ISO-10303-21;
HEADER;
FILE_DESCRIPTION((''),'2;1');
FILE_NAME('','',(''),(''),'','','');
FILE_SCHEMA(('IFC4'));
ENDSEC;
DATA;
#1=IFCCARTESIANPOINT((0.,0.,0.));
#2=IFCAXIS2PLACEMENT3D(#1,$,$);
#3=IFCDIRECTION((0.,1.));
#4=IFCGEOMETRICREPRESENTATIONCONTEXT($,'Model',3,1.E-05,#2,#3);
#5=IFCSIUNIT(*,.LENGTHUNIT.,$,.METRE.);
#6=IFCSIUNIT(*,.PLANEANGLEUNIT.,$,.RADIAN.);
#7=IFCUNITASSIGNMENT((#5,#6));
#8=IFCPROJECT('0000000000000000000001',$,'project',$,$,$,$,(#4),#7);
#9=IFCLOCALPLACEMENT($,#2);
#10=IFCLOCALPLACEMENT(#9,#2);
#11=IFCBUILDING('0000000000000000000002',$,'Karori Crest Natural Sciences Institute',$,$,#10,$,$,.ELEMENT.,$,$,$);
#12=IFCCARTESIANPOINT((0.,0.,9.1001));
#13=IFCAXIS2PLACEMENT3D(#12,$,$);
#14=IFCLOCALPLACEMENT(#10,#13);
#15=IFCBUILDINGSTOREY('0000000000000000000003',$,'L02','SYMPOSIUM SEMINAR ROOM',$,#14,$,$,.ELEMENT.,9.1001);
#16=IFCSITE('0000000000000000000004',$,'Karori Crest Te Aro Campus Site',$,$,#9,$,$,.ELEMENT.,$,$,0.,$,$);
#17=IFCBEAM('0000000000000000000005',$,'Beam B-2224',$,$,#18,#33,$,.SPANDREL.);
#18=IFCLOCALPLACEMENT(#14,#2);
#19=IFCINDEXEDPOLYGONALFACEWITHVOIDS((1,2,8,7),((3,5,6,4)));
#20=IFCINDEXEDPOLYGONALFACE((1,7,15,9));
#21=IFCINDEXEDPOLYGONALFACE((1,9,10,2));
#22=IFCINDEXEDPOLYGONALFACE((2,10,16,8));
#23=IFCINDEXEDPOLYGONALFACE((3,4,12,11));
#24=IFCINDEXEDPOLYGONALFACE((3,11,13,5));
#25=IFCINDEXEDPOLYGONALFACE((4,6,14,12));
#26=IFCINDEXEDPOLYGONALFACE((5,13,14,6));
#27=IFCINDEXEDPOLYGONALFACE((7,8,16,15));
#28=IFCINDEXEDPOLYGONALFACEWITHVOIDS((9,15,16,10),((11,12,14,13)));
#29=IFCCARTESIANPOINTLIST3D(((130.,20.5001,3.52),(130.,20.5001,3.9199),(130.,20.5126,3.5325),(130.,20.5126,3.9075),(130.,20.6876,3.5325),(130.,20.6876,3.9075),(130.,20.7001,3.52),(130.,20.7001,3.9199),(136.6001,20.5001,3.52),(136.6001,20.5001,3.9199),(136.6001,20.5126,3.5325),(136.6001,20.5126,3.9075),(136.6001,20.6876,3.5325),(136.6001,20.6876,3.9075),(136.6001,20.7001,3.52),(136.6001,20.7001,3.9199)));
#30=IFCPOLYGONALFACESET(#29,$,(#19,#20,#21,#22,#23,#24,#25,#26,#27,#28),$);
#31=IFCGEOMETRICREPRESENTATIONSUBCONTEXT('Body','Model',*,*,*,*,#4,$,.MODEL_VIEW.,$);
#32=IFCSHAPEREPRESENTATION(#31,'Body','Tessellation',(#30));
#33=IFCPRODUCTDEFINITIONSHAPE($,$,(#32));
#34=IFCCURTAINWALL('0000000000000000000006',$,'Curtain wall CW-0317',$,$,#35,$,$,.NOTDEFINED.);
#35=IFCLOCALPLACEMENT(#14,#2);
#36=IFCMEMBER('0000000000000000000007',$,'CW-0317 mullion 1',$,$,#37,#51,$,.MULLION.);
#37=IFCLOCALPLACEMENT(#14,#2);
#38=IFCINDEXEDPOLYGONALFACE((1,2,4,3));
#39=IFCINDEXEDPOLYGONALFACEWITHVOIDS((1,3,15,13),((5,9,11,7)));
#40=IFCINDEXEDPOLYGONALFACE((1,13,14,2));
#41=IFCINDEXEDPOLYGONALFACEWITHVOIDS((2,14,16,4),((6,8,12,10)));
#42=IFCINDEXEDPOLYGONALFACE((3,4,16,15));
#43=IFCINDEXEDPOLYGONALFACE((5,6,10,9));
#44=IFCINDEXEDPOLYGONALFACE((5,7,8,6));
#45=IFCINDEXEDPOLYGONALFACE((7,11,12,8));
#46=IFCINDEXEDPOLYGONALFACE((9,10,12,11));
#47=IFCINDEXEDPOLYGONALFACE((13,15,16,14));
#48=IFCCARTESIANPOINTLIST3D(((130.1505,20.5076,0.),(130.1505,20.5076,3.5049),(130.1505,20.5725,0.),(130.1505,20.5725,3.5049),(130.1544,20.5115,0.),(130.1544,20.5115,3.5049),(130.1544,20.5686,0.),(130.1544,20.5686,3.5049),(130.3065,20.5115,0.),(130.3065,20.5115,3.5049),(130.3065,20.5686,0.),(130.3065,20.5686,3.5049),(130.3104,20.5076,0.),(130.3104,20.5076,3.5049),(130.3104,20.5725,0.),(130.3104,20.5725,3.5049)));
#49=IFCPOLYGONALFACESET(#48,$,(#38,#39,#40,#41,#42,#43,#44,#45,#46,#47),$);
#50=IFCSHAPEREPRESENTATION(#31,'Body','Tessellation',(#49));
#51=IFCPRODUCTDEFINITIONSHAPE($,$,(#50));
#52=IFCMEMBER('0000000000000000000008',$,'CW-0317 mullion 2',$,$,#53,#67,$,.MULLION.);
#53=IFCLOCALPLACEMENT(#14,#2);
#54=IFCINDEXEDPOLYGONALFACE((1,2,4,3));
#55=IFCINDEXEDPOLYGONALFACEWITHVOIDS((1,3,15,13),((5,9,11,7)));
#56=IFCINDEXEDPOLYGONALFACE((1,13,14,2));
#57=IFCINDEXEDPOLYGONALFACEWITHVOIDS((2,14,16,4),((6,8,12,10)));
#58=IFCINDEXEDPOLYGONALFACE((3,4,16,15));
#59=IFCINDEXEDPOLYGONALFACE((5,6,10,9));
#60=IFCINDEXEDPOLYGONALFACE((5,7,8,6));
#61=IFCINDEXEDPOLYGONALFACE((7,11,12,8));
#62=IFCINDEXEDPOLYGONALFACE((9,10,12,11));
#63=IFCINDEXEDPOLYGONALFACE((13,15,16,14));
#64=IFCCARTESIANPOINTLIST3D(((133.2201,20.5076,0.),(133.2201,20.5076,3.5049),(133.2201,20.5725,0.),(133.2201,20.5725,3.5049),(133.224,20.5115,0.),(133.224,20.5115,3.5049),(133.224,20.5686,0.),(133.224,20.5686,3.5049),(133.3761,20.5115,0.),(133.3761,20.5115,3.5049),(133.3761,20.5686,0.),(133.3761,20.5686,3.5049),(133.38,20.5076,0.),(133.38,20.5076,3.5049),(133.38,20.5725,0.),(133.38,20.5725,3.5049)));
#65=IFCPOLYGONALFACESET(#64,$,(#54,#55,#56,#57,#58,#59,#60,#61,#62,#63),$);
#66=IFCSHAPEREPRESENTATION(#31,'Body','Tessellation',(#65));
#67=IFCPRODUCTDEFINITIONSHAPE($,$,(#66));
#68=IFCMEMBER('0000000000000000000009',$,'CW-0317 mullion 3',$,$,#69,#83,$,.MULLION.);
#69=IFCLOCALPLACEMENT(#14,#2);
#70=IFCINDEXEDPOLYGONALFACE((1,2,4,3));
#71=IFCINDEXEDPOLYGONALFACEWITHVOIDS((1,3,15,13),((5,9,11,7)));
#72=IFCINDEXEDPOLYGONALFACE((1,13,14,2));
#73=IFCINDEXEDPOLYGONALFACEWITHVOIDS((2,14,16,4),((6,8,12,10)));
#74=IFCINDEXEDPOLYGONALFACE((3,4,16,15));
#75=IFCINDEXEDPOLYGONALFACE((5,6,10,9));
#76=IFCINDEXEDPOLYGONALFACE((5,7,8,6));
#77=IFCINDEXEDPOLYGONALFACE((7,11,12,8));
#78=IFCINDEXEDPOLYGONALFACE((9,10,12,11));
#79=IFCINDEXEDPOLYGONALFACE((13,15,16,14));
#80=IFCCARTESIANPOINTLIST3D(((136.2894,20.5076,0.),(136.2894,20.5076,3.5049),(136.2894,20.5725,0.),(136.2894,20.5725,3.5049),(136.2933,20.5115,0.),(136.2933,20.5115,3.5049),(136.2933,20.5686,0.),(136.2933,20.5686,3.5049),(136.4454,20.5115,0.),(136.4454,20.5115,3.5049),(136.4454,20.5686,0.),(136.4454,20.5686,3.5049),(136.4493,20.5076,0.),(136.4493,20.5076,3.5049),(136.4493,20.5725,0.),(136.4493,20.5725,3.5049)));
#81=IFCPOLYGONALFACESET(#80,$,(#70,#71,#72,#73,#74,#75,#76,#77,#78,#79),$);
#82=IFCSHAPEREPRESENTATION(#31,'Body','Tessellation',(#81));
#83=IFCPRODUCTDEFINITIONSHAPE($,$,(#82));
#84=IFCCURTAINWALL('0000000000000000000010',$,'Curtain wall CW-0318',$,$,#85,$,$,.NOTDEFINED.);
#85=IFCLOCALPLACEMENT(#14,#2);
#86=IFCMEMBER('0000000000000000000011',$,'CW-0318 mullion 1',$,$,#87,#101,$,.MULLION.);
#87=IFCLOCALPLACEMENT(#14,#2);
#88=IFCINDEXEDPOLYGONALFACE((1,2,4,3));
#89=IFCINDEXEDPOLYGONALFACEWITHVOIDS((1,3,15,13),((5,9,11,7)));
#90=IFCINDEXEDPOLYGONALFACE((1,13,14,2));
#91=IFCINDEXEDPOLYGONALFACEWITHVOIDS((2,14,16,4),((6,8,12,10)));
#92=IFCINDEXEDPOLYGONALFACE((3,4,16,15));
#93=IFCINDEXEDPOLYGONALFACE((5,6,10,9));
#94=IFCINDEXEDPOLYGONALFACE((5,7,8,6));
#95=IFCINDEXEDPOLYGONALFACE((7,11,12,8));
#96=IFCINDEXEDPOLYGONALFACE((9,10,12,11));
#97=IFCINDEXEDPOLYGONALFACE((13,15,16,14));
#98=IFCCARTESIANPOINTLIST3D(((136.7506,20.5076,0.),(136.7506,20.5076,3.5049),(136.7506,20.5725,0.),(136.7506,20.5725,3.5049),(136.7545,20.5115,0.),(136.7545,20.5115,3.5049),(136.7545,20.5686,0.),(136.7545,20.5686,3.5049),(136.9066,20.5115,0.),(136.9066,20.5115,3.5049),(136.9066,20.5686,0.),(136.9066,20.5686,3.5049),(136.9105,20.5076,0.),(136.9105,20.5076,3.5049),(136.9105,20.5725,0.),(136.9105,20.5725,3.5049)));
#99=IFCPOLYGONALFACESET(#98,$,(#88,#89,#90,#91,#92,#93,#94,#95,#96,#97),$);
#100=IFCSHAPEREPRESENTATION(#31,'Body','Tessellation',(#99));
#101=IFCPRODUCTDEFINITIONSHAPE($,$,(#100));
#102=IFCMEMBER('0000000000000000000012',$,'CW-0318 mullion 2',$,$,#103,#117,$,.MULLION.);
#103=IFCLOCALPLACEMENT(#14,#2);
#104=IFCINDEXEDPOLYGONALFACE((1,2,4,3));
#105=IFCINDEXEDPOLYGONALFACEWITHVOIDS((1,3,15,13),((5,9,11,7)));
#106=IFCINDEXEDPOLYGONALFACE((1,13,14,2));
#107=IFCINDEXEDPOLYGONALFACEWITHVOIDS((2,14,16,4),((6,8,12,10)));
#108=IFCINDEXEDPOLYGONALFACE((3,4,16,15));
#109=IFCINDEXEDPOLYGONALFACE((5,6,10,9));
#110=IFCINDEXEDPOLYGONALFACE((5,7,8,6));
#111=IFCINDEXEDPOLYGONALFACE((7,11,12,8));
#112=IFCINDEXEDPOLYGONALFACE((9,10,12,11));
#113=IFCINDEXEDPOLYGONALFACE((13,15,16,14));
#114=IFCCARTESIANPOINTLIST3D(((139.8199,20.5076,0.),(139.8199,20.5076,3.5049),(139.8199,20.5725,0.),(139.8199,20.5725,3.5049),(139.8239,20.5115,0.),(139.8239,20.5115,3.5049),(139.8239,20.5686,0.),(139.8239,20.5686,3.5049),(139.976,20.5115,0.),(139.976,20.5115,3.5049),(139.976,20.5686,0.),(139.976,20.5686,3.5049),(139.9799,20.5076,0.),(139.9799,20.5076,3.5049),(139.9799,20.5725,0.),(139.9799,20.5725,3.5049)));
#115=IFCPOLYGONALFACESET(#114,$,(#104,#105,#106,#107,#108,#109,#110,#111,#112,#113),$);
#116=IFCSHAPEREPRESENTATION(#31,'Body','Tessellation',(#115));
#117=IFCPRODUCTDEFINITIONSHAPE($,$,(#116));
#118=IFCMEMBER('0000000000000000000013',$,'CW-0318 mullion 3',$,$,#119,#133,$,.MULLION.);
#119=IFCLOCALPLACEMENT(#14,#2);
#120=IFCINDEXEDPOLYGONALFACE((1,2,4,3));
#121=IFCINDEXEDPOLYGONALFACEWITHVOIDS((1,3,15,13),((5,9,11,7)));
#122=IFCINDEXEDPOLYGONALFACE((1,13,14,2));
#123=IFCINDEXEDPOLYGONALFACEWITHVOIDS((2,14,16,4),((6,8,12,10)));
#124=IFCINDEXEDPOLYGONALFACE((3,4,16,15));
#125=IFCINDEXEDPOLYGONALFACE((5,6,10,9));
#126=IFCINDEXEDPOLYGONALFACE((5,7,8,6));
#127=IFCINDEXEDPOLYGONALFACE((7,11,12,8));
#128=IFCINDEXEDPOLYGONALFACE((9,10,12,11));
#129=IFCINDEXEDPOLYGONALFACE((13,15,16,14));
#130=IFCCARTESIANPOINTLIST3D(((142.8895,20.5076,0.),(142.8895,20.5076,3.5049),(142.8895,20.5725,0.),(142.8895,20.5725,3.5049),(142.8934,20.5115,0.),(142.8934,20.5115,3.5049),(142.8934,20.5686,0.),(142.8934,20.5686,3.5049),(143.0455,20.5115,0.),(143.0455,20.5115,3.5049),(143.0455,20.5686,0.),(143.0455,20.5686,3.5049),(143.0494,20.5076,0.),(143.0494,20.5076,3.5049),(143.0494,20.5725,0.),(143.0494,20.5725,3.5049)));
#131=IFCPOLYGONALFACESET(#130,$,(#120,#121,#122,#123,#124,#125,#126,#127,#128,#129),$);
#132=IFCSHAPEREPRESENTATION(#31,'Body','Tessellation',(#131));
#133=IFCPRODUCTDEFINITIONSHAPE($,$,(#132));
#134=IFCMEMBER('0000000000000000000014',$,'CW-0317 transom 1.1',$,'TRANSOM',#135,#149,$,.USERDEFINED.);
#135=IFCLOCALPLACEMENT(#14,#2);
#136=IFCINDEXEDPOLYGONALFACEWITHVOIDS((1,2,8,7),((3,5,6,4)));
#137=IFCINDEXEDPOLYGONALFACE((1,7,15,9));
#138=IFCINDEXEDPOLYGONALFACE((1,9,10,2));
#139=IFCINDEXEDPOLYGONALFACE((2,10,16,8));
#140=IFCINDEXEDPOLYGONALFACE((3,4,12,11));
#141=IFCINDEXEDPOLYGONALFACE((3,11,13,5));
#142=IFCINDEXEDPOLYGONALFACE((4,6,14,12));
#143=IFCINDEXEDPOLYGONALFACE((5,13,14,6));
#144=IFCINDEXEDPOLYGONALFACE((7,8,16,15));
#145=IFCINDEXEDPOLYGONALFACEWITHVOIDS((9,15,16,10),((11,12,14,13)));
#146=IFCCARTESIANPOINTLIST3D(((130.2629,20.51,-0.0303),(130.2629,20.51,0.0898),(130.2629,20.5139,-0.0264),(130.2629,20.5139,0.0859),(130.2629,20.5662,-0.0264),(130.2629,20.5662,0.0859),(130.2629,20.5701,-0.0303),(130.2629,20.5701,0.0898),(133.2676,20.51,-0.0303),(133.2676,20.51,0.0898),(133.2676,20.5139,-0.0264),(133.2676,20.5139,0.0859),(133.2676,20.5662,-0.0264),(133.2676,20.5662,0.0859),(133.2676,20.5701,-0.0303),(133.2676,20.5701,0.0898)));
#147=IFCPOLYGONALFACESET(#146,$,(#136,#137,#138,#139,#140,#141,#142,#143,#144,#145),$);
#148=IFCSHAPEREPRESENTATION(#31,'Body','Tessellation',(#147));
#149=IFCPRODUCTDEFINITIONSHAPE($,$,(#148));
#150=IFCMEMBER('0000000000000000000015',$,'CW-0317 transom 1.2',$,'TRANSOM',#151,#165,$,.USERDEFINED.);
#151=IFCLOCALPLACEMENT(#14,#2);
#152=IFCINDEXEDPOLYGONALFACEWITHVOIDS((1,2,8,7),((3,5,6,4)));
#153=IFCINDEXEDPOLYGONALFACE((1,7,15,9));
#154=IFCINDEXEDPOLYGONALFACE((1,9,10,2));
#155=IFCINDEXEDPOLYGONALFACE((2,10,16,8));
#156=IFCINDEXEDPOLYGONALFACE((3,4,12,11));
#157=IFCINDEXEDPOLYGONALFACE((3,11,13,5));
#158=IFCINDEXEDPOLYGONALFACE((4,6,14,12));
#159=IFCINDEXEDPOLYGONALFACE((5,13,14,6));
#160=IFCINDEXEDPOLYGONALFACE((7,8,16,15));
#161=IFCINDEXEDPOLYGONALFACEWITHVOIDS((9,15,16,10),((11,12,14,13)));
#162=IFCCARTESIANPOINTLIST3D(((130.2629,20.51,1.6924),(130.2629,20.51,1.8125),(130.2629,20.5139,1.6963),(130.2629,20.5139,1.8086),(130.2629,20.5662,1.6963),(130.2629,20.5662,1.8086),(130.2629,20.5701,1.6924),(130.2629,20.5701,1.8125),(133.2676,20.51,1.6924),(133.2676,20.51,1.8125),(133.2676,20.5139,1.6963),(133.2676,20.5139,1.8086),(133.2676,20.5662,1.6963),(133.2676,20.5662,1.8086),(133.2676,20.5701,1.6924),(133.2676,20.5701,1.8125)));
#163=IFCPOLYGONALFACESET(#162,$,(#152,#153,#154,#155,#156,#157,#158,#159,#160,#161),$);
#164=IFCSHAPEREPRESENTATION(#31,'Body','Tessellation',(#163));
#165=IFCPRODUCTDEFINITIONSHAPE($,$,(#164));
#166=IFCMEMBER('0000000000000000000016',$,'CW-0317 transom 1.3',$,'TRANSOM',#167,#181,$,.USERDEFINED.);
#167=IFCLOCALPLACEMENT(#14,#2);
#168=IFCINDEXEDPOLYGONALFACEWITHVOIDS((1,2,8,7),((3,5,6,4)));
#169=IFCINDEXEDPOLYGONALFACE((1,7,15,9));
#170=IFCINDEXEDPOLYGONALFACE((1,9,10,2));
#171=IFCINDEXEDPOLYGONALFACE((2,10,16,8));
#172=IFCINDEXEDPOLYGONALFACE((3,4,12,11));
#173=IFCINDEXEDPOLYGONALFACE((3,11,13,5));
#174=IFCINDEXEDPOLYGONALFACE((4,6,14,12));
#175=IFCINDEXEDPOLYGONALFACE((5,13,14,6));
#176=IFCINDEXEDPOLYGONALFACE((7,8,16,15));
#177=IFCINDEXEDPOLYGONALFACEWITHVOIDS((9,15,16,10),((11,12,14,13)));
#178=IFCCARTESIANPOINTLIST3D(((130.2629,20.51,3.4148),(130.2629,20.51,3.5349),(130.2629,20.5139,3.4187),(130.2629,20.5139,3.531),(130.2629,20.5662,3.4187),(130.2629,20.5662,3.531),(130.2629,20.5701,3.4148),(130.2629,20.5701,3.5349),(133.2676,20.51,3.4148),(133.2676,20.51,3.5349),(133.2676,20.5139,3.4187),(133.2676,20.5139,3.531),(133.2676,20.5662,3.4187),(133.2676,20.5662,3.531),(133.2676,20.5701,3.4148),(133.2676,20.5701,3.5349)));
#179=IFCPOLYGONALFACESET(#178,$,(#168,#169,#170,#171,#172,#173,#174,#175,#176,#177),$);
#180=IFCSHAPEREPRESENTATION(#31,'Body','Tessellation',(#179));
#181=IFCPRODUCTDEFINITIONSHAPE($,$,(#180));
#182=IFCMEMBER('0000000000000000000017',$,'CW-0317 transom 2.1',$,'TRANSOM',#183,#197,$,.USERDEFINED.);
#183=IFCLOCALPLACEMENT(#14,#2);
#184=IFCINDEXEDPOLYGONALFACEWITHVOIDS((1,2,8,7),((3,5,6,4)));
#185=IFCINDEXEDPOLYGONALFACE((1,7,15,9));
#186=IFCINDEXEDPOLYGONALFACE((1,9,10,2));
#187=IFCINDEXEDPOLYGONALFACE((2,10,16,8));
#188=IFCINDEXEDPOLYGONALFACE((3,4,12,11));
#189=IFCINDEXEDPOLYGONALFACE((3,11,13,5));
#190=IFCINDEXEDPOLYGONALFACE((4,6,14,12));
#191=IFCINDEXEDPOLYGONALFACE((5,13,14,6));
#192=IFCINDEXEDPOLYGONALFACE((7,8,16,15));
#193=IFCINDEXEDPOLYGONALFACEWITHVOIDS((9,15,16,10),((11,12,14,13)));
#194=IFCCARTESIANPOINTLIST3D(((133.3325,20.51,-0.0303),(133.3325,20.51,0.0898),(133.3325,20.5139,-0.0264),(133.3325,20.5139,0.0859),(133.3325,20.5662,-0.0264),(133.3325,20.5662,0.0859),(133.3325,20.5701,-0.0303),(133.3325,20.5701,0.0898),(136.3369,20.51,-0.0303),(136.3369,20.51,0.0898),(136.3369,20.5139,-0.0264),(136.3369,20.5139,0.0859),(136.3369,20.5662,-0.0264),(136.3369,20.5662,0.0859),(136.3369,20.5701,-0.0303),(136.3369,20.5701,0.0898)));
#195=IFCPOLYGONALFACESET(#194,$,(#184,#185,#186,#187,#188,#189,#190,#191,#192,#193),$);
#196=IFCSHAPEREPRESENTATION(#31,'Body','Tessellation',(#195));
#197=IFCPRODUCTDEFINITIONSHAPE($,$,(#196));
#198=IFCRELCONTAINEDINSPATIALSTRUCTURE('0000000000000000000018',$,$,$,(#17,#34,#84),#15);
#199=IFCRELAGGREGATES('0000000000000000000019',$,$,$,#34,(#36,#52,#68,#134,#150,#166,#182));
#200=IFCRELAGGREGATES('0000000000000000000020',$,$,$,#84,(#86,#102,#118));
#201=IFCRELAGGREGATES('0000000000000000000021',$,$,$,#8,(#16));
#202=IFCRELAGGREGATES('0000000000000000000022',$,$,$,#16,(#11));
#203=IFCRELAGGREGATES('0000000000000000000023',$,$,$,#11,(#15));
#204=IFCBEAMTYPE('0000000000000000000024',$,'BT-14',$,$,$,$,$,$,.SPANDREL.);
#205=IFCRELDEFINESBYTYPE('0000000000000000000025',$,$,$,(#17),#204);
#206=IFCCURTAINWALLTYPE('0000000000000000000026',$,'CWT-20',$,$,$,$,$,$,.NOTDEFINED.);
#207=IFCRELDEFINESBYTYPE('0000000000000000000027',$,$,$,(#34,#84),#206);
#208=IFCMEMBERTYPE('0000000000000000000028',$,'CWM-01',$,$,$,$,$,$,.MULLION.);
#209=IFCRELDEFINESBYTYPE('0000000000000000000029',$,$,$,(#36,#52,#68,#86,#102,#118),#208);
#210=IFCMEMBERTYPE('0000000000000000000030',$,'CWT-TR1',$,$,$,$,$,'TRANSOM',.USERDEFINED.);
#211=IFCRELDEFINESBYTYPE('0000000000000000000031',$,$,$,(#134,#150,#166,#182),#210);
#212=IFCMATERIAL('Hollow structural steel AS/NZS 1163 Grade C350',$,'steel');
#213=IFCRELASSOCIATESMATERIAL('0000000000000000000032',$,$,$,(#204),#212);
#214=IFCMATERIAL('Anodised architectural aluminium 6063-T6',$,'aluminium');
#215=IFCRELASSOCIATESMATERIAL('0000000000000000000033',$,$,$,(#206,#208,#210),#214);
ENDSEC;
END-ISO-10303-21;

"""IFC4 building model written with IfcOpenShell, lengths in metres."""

from ifc_helpers import new_model, si_unit, direction, frame, origin, origin_2d, place, context, subcontext, project, spatial, hollow_rectangle, extrude, material, material_profile, profile_set, type_object, element, aggregate, save


model = new_model("IFC4")

# Units and contexts
model_context = context("Model", 3, precision=1e-05, world=origin(), true_north=direction((0.0, 1.0)))
body_context = subcontext(model_context, "Body", "Model", "MODEL_VIEW")
ifc_project = project(units=[si_unit("LENGTHUNIT", "METRE"), si_unit("PLANEANGLEUNIT", "RADIAN")], contexts=[model_context])

# Site, building, storey
site_placement = place(None, origin())
site = spatial("IfcSite", under=ifc_project, at=site_placement, Name="Karori Crest Te Aro Campus Site", CompositionType="ELEMENT", RefElevation=0.0)
building_placement = place(site_placement, origin())
building = spatial("IfcBuilding", under=site, at=building_placement, Name="Karori Crest Natural Sciences Institute", CompositionType="ELEMENT")
storey_placement = place(building_placement, frame((0.0, 0.0, 9.1001)))
storey = spatial("IfcBuildingStorey", under=building, at=storey_placement, Name="L02", Description="SYMPOSIUM SEMINAR ROOM", CompositionType="ELEMENT", Elevation=9.1001)

# Beam
ifc_material_1 = material(Name="Hollow structural steel AS/NZS 1163 Grade C350", Category="steel")
ifc_material_profile_1 = material_profile(ifc_material_1, hollow_rectangle(XDim=0.2, YDim=0.3999, WallThickness=0.0125, at=origin_2d()), Name="RHS400x200x12.5")
ifc_profile_set_1 = profile_set([ifc_material_profile_1], Name="Hollow structural steel AS/NZS 1163 Grade C350")
beam_type_1 = type_object("IfcBeamType", Name="BT-14", PredefinedType="SPANDREL", material=ifc_profile_set_1)
beam_1_placement = place(storey_placement, frame((130.0, 20.6001, 3.72), z_axis=(1.0, 0.0, 0.0), x_axis=(0.0, 1.0, 0.0)))
element("IfcBeam", 1, at=beam_1_placement, inside=storey, type_object=beam_type_1, Name="Beam B-2224", PredefinedType="SPANDREL", context=body_context, shape_type="SweptSolid", body=[
    extrude(hollow_rectangle(XDim=0.2, YDim=0.3999, WallThickness=0.0125, at=origin_2d()), origin(), (0.0, 0.0, 1.0), 6.6001),
])

# Curtain walls, members
ifc_material_2 = material(Name="Anodised architectural aluminium 6063-T6", Category="aluminium")
curtain_wall_type = type_object("IfcCurtainWallType", Name="CWT-20", PredefinedType="NOTDEFINED", material=ifc_material_2)
curtain_wall_1_placement = place(storey_placement, origin())
curtain_wall_1 = element("IfcCurtainWall", 2, at=curtain_wall_1_placement, inside=storey, type_object=curtain_wall_type, Name="Curtain wall CW-0317", PredefinedType="NOTDEFINED")
ifc_material_profile_2 = material_profile(ifc_material_2, hollow_rectangle(XDim=0.0649, YDim=0.1599, WallThickness=0.0039, at=origin_2d()), Name="CWM160x65x4")
ifc_profile_set_2 = profile_set([ifc_material_profile_2], Name="Anodised architectural aluminium 6063-T6")
member_type_1 = type_object("IfcMemberType", Name="CWM-01", PredefinedType="MULLION", material=ifc_profile_set_2)
member_1_placement = place(storey_placement, frame((130.2305, 20.54, 0.0), z_axis=(0.0, 0.0, 1.0), x_axis=(0.0, 1.0, 0.0)))
member_1 = element("IfcMember", 3, at=member_1_placement, type_object=member_type_1, Name="CW-0317 mullion 1", PredefinedType="MULLION", context=body_context, shape_type="SweptSolid", body=[
    extrude(hollow_rectangle(XDim=0.0649, YDim=0.1599, WallThickness=0.0039, at=origin_2d()), origin(), (0.0, 0.0, 1.0), 3.5049),
])
member_2_placement = place(storey_placement, frame((133.3, 20.54, 0.0), z_axis=(0.0, 0.0, 1.0), x_axis=(0.0, 1.0, 0.0)))
member_2 = element("IfcMember", 4, at=member_2_placement, type_object=member_type_1, Name="CW-0317 mullion 2", PredefinedType="MULLION", context=body_context, shape_type="SweptSolid", body=[
    extrude(hollow_rectangle(XDim=0.0649, YDim=0.1599, WallThickness=0.0039, at=origin_2d()), origin(), (0.0, 0.0, 1.0), 3.5049),
])
member_3_placement = place(storey_placement, frame((136.3694, 20.54, 0.0), z_axis=(0.0, 0.0, 1.0), x_axis=(0.0, 1.0, 0.0)))
member_3 = element("IfcMember", 5, at=member_3_placement, type_object=member_type_1, Name="CW-0317 mullion 3", PredefinedType="MULLION", context=body_context, shape_type="SweptSolid", body=[
    extrude(hollow_rectangle(XDim=0.0649, YDim=0.1599, WallThickness=0.0039, at=origin_2d()), origin(), (0.0, 0.0, 1.0), 3.5049),
])
curtain_wall_2_placement = place(storey_placement, origin())
curtain_wall_2 = element("IfcCurtainWall", 6, at=curtain_wall_2_placement, inside=storey, type_object=curtain_wall_type, Name="Curtain wall CW-0318", PredefinedType="NOTDEFINED")
member_4_placement = place(storey_placement, frame((136.8306, 20.54, 0.0), z_axis=(0.0, 0.0, 1.0), x_axis=(0.0, 1.0, 0.0)))
member_4 = element("IfcMember", 7, at=member_4_placement, type_object=member_type_1, Name="CW-0318 mullion 1", PredefinedType="MULLION", context=body_context, shape_type="SweptSolid", body=[
    extrude(hollow_rectangle(XDim=0.0649, YDim=0.1599, WallThickness=0.0039, at=origin_2d()), origin(), (0.0, 0.0, 1.0), 3.5049),
])
member_5_placement = place(storey_placement, frame((139.8999, 20.54, 0.0), z_axis=(0.0, 0.0, 1.0), x_axis=(0.0, 1.0, 0.0)))
member_5 = element("IfcMember", 8, at=member_5_placement, type_object=member_type_1, Name="CW-0318 mullion 2", PredefinedType="MULLION", context=body_context, shape_type="SweptSolid", body=[
    extrude(hollow_rectangle(XDim=0.0649, YDim=0.1599, WallThickness=0.0039, at=origin_2d()), origin(), (0.0, 0.0, 1.0), 3.5049),
])
member_6_placement = place(storey_placement, frame((142.9695, 20.54, 0.0), z_axis=(0.0, 0.0, 1.0), x_axis=(0.0, 1.0, 0.0)))
member_6 = element("IfcMember", 9, at=member_6_placement, type_object=member_type_1, Name="CW-0318 mullion 3", PredefinedType="MULLION", context=body_context, shape_type="SweptSolid", body=[
    extrude(hollow_rectangle(XDim=0.0649, YDim=0.1599, WallThickness=0.0039, at=origin_2d()), origin(), (0.0, 0.0, 1.0), 3.5049),
])

# Members
ifc_material_profile_3 = material_profile(ifc_material_2, hollow_rectangle(XDim=0.0601, YDim=0.1201, WallThickness=0.0039, at=origin_2d()), Name="CWT120x60x4")
ifc_profile_set_3 = profile_set([ifc_material_profile_3], Name="Anodised architectural aluminium 6063-T6")
member_type_2 = type_object("IfcMemberType", Name="CWT-TR1", ElementType="TRANSOM", PredefinedType="USERDEFINED", material=ifc_profile_set_3)
member_7_placement = place(storey_placement, frame((130.2629, 20.54, 0.0298), z_axis=(1.0, 0.0, 0.0), x_axis=(0.0, 1.0, 0.0)))
member_7 = element("IfcMember", 10, at=member_7_placement, type_object=member_type_2, Name="CW-0317 transom 1.1", ObjectType="TRANSOM", PredefinedType="USERDEFINED", context=body_context, shape_type="SweptSolid", body=[
    extrude(hollow_rectangle(XDim=0.0601, YDim=0.1201, WallThickness=0.0039, at=origin_2d()), origin(), (0.0, 0.0, 1.0), 3.0046),
])
member_8_placement = place(storey_placement, frame((130.2629, 20.54, 1.7524), z_axis=(1.0, 0.0, 0.0), x_axis=(0.0, 1.0, 0.0)))
member_8 = element("IfcMember", 11, at=member_8_placement, type_object=member_type_2, Name="CW-0317 transom 1.2", ObjectType="TRANSOM", PredefinedType="USERDEFINED", context=body_context, shape_type="SweptSolid", body=[
    extrude(hollow_rectangle(XDim=0.0601, YDim=0.1201, WallThickness=0.0039, at=origin_2d()), origin(), (0.0, 0.0, 1.0), 3.0046),
])
member_9_placement = place(storey_placement, frame((130.2629, 20.54, 3.4749), z_axis=(1.0, 0.0, 0.0), x_axis=(0.0, 1.0, 0.0)))
member_9 = element("IfcMember", 12, at=member_9_placement, type_object=member_type_2, Name="CW-0317 transom 1.3", ObjectType="TRANSOM", PredefinedType="USERDEFINED", context=body_context, shape_type="SweptSolid", body=[
    extrude(hollow_rectangle(XDim=0.0601, YDim=0.1201, WallThickness=0.0039, at=origin_2d()), origin(), (0.0, 0.0, 1.0), 3.0046),
])
member_10_placement = place(storey_placement, frame((133.3325, 20.54, 0.0298), z_axis=(1.0, 0.0, 0.0), x_axis=(0.0, 1.0, 0.0)))
member_10 = element("IfcMember", 13, at=member_10_placement, type_object=member_type_2, Name="CW-0317 transom 2.1", ObjectType="TRANSOM", PredefinedType="USERDEFINED", context=body_context, shape_type="SweptSolid", body=[
    extrude(hollow_rectangle(XDim=0.0601, YDim=0.1201, WallThickness=0.0039, at=origin_2d()), origin(), (0.0, 0.0, 1.0), 3.0044),
])

aggregate(curtain_wall_1, [member_1, member_2, member_3, member_7, member_8, member_9, member_10])
aggregate(curtain_wall_2, [member_4, member_5, member_6])

save(model, "model.ifc")
